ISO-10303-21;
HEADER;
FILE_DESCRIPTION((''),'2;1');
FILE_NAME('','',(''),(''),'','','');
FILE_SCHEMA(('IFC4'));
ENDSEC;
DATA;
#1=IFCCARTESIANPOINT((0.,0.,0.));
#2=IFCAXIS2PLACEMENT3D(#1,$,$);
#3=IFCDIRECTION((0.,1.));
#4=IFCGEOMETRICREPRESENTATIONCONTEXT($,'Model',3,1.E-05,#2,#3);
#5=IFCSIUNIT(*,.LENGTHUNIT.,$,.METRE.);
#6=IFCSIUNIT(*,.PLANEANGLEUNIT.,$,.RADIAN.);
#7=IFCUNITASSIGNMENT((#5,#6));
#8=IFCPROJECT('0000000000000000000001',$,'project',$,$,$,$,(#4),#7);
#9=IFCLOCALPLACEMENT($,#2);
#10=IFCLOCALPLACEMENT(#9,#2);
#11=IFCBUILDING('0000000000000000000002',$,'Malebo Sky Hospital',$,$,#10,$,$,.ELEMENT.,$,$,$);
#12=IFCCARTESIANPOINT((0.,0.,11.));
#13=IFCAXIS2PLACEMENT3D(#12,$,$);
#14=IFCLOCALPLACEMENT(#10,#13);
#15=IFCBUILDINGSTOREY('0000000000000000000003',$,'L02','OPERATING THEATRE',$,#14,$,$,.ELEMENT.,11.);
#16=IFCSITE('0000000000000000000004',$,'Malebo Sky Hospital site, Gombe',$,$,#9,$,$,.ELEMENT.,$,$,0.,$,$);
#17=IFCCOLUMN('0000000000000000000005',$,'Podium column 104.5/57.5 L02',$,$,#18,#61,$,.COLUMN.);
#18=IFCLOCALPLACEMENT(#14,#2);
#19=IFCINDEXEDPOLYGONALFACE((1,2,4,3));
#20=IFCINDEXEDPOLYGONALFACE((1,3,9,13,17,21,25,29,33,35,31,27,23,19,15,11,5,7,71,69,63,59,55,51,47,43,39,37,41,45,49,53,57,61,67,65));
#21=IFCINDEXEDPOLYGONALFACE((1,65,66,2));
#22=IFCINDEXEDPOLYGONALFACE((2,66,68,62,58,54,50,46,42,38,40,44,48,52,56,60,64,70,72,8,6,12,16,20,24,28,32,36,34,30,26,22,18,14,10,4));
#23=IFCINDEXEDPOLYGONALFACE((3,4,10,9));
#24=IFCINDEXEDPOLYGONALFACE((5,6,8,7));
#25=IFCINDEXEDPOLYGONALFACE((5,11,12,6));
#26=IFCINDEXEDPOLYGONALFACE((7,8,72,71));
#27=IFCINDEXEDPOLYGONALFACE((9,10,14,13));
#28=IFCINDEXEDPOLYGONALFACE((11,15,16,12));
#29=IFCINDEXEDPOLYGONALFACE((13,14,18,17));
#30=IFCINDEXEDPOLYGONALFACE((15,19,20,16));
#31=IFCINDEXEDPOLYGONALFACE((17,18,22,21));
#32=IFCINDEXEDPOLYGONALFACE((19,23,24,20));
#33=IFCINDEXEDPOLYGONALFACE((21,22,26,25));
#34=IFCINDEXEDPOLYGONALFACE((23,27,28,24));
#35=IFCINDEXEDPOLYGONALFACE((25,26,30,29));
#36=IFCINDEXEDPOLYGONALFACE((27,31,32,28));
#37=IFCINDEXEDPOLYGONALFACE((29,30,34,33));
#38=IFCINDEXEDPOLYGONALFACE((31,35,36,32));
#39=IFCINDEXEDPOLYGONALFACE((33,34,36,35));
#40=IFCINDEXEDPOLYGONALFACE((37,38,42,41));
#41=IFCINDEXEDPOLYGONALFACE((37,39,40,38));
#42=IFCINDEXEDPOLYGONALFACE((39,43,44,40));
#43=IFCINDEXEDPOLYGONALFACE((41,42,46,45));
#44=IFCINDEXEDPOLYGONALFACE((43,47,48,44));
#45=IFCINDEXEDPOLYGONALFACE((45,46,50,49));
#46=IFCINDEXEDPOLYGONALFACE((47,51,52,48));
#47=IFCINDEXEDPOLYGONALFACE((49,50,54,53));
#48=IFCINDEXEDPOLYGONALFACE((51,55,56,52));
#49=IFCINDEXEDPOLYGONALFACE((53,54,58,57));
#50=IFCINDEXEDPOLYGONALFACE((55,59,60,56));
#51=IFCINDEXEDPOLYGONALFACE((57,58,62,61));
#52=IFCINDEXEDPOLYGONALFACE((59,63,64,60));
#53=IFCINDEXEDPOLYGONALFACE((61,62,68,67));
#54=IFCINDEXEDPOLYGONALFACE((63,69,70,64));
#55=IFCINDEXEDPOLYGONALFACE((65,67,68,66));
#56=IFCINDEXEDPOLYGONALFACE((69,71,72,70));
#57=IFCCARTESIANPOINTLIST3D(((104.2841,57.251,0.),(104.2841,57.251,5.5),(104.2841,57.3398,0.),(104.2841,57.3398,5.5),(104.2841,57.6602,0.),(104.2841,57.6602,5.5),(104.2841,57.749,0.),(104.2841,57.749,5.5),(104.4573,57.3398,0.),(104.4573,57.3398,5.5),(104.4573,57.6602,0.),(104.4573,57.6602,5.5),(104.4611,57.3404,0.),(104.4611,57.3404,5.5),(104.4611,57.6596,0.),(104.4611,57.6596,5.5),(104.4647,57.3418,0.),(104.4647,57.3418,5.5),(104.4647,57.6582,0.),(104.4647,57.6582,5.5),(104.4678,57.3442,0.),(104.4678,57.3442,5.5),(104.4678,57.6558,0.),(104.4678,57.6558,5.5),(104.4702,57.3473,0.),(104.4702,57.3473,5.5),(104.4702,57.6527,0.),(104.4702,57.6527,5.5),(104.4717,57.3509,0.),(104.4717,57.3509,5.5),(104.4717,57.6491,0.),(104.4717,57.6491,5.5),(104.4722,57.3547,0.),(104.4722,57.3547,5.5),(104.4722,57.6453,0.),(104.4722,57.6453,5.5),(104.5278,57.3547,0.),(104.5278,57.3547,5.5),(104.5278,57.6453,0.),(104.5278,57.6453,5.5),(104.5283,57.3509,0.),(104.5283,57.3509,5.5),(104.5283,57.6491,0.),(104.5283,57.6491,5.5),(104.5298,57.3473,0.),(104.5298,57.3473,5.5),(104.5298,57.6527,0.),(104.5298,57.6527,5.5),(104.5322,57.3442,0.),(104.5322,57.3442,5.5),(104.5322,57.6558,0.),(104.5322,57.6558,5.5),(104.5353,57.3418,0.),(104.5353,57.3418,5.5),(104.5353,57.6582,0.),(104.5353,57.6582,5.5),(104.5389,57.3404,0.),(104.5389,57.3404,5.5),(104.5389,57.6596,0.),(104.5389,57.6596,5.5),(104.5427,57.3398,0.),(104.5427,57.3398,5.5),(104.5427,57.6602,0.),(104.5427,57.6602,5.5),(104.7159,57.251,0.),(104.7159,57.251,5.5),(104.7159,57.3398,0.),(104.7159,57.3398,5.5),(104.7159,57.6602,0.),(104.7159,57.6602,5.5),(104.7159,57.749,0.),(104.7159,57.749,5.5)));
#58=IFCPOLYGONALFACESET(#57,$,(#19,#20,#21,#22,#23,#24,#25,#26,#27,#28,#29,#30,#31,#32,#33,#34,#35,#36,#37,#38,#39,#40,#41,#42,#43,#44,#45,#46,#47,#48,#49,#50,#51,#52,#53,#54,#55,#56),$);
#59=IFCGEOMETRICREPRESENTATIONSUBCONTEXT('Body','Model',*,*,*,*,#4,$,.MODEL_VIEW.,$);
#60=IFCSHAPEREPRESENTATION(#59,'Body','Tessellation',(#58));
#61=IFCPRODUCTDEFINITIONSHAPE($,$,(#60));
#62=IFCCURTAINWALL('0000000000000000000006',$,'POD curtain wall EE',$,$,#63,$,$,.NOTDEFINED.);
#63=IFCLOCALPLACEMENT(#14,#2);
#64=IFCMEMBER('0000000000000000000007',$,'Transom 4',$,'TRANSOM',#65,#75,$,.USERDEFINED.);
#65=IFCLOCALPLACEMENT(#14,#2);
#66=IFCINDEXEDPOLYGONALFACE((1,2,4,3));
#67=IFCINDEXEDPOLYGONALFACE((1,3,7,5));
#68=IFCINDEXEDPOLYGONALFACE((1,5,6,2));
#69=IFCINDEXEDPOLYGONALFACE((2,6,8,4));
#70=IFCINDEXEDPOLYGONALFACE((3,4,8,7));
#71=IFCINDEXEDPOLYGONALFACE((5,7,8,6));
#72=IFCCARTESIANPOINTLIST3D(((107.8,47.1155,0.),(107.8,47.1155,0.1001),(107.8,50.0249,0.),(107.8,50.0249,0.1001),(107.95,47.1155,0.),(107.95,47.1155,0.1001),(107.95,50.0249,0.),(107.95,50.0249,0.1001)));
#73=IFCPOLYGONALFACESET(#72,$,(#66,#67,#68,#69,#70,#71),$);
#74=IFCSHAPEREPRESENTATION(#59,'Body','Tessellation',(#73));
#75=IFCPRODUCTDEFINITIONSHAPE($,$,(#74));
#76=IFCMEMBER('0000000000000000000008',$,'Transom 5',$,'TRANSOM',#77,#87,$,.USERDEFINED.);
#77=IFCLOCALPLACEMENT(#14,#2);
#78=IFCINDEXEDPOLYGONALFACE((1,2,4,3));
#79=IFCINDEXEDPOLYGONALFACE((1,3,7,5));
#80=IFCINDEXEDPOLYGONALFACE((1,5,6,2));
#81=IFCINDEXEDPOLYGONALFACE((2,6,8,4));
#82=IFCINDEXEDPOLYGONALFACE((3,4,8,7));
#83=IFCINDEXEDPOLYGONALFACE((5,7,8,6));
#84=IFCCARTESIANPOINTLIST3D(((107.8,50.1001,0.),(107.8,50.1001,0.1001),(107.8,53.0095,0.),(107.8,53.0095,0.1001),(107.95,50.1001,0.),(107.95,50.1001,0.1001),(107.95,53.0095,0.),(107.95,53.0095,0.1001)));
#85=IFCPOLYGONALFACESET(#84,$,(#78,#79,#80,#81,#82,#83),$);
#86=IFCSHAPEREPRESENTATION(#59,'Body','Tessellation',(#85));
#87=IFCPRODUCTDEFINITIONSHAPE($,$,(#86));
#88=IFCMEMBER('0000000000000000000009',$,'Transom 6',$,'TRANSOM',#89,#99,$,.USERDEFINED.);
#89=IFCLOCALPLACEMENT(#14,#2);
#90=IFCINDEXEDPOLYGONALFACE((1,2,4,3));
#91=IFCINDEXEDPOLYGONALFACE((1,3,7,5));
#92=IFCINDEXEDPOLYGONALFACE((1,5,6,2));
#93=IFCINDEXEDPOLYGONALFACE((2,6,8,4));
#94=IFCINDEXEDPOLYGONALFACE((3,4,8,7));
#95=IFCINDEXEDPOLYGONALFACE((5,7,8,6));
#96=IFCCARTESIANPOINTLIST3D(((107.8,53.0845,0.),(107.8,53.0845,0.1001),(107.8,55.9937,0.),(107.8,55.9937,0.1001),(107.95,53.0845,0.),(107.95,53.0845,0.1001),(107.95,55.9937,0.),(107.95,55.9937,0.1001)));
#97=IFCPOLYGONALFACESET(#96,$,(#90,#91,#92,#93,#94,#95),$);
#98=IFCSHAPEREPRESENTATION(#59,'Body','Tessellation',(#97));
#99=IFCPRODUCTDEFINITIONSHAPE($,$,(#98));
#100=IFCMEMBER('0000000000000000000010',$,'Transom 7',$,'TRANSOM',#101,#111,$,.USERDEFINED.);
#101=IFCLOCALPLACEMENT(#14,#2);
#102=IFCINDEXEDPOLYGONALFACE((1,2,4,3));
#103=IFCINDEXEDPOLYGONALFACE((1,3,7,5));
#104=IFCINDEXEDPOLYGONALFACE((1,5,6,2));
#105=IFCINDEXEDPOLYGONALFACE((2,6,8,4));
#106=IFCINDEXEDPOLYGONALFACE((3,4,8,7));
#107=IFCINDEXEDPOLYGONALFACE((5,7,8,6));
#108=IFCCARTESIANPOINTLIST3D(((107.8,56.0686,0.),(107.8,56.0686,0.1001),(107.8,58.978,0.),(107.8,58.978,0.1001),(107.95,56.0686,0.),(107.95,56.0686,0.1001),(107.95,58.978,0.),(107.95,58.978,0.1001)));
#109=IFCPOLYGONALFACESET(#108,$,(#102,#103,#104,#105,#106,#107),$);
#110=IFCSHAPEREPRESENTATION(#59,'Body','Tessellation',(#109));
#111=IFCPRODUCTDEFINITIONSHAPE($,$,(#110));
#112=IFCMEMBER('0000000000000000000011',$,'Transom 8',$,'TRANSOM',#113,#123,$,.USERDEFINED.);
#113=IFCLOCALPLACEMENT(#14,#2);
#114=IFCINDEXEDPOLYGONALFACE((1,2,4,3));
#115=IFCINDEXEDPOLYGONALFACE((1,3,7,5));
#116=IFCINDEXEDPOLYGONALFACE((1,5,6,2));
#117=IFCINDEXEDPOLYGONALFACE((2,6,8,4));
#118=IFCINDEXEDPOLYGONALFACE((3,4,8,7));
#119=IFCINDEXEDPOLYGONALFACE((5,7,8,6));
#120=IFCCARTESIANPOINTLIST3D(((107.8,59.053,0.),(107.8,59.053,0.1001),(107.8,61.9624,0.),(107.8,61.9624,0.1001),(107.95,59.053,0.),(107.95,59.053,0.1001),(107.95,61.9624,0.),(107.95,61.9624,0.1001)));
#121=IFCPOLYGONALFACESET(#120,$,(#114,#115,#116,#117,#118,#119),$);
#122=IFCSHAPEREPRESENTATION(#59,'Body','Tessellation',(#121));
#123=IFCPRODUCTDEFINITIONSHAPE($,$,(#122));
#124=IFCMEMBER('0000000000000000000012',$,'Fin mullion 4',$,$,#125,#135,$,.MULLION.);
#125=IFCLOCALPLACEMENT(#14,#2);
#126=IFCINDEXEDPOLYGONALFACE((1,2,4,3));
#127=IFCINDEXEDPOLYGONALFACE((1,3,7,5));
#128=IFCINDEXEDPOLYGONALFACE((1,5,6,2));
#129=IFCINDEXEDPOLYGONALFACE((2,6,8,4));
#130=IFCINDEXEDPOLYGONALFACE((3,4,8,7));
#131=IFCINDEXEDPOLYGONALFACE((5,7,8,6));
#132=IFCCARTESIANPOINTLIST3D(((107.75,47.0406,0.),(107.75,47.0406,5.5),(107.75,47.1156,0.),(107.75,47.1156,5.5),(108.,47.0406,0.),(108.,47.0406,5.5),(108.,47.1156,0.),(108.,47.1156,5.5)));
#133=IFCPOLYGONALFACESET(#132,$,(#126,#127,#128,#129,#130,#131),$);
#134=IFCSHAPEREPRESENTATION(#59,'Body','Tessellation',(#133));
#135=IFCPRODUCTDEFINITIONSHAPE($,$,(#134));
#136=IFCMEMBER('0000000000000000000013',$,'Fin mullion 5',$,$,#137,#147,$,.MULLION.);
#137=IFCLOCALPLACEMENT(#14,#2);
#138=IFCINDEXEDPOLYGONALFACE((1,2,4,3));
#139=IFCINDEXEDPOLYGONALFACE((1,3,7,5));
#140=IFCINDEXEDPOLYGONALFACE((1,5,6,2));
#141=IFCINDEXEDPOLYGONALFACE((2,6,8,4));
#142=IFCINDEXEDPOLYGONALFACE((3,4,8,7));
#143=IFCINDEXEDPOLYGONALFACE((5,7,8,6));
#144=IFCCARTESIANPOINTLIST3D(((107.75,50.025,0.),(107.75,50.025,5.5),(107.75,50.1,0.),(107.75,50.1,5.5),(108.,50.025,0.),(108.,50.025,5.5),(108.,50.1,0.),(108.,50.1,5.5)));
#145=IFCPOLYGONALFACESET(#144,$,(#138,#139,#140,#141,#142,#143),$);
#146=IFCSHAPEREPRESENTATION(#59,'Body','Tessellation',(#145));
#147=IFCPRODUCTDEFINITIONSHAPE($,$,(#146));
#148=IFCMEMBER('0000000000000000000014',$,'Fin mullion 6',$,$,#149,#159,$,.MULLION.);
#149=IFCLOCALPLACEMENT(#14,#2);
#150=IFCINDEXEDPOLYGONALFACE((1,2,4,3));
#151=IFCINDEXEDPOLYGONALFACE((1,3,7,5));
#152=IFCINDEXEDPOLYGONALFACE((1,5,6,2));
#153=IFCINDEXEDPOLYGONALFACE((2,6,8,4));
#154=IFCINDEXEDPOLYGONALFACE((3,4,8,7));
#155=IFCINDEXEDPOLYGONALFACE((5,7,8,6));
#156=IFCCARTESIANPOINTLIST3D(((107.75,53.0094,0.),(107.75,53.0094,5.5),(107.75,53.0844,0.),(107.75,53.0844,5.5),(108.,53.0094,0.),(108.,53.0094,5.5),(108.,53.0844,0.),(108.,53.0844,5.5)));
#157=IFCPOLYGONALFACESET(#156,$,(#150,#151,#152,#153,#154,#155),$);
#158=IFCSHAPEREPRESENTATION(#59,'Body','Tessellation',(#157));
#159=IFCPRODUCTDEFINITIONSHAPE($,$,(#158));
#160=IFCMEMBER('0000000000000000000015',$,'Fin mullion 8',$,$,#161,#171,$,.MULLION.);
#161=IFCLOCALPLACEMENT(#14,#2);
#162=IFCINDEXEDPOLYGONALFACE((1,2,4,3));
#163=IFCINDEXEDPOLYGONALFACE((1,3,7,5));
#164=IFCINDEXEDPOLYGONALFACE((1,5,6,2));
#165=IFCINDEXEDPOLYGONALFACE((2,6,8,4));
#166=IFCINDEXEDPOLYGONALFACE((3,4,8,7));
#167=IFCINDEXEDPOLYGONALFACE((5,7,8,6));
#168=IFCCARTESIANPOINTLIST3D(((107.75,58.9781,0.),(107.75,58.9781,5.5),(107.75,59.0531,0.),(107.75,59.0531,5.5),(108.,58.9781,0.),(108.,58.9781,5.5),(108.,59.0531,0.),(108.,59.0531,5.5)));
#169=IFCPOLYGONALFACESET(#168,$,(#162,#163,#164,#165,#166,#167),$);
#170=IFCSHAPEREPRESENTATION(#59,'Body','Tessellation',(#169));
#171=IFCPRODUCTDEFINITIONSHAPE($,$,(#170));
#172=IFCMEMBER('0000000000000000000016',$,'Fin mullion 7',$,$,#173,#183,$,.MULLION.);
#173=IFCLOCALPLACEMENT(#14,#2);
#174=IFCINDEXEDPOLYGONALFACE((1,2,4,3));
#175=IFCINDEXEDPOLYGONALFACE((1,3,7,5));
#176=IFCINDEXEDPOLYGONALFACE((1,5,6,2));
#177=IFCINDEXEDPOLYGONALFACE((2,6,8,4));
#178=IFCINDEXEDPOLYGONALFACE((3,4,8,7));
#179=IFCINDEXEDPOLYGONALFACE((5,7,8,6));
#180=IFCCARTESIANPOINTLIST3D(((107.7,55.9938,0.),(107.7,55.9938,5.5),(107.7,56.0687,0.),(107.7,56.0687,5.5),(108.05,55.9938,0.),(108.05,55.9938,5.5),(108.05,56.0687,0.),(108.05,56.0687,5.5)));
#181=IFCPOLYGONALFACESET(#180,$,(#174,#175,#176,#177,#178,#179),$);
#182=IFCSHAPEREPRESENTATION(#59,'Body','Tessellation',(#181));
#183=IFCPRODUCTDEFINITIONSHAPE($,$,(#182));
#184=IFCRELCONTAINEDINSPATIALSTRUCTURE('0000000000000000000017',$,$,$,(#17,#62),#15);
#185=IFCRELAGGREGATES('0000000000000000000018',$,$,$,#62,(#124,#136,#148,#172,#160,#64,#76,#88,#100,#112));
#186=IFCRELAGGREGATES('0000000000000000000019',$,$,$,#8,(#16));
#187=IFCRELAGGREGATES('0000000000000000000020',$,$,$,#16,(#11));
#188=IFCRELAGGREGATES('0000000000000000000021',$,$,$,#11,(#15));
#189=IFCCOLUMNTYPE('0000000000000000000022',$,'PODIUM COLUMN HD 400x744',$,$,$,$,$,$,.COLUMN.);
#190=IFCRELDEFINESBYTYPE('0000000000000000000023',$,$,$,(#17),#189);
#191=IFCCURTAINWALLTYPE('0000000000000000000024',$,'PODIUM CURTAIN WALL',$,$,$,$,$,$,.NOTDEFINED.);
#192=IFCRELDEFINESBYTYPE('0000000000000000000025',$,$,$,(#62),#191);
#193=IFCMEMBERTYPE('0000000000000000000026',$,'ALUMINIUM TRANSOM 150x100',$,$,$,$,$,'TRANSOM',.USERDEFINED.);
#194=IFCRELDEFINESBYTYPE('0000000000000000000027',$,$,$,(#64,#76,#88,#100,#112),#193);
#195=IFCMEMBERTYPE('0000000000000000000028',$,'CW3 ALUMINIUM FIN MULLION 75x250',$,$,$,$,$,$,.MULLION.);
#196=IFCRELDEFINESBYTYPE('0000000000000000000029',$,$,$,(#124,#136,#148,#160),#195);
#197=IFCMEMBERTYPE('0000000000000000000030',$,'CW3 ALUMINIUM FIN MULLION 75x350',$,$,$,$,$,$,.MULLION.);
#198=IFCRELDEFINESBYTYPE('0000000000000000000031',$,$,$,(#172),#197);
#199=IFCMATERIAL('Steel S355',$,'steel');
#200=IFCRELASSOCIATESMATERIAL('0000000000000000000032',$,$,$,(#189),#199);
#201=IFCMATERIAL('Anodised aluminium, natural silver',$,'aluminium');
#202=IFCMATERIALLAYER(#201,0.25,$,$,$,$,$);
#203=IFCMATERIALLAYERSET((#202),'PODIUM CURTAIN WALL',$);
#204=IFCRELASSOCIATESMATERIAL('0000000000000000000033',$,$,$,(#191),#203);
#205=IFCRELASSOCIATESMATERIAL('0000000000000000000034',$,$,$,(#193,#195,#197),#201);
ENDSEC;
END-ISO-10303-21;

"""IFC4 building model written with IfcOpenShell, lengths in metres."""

from ifc_helpers import new_model, si_unit, direction, frame, origin, origin_2d, place, context, subcontext, project, spatial, rectangle, i_section, extrude, material, layer, layer_set, material_profile, profile_set, type_object, element, aggregate, save


model = new_model("IFC4")

# Units and contexts
model_context = context("Model", 3, precision=1e-05, world=origin(), true_north=direction((0.0, 1.0)))
body_context = subcontext(model_context, "Body", "Model", "MODEL_VIEW")
ifc_project = project(units=[si_unit("LENGTHUNIT", "METRE"), si_unit("PLANEANGLEUNIT", "RADIAN")], contexts=[model_context])

# Site, building, storey
site_placement = place(None, origin())
site = spatial("IfcSite", under=ifc_project, at=site_placement, Name="Malebo Sky Hospital site, Gombe", CompositionType="ELEMENT", RefElevation=0.0)
building_placement = place(site_placement, origin())
building = spatial("IfcBuilding", under=site, at=building_placement, Name="Malebo Sky Hospital", CompositionType="ELEMENT")
storey_placement = place(building_placement, frame((0.0, 0.0, 11.0)))
storey = spatial("IfcBuildingStorey", under=building, at=storey_placement, Name="L02", Description="OPERATING THEATRE", CompositionType="ELEMENT", Elevation=11.0)

# Column
ifc_material_1 = material(Name="Steel S355", Category="steel")
ifc_material_profile_1 = material_profile(ifc_material_1, i_section(OverallWidth=0.4319, OverallDepth=0.498, WebThickness=0.0557, FlangeThickness=0.0889, FilletRadius=0.0149, at=origin_2d()), Name="HD 400x744")
ifc_profile_set_1 = profile_set([ifc_material_profile_1], Name="Steel S355")
column_type = type_object("IfcColumnType", Name="PODIUM COLUMN HD 400x744", PredefinedType="COLUMN", material=ifc_profile_set_1)
column_placement = place(storey_placement, frame((104.5, 57.5, 0.0), z_axis=(0.0, 0.0, 1.0), x_axis=(1.0, 0.0, 0.0)))
element("IfcColumn", 1, at=column_placement, inside=storey, type_object=column_type, Name="Podium column 104.5/57.5 L02", PredefinedType="COLUMN", context=body_context, shape_type="SweptSolid", body=[
    extrude(i_section(OverallWidth=0.4319, OverallDepth=0.498, WebThickness=0.0557, FlangeThickness=0.0889, FilletRadius=0.0149, at=origin_2d()), origin(), (0.0, 0.0, 1.0), 5.5),
])

# Curtain wall, members
ifc_material_2 = material(Name="Anodised aluminium, natural silver", Category="aluminium")
ifc_layer_1 = layer(ifc_material_2, 0.25)
ifc_layer_set_1 = layer_set([ifc_layer_1], Name="PODIUM CURTAIN WALL")
curtain_wall_type = type_object("IfcCurtainWallType", Name="PODIUM CURTAIN WALL", PredefinedType="NOTDEFINED", material=ifc_layer_set_1)
curtain_wall_placement = place(storey_placement, origin())
curtain_wall = element("IfcCurtainWall", 2, at=curtain_wall_placement, inside=storey, type_object=curtain_wall_type, Name="POD curtain wall EE", PredefinedType="NOTDEFINED")
ifc_material_profile_2 = material_profile(ifc_material_2, rectangle(XDim=0.1499, YDim=0.1001, at=origin_2d()), Name="ALUMINIUM TRANSOM 150x100")
ifc_profile_set_2 = profile_set([ifc_material_profile_2], Name="Anodised aluminium, natural silver")
member_type_1 = type_object("IfcMemberType", Name="ALUMINIUM TRANSOM 150x100", ElementType="TRANSOM", PredefinedType="USERDEFINED", material=ifc_profile_set_2)
member_1_placement = place(storey_placement, frame((107.875, 47.1155, 0.05), z_axis=(0.0, 1.0, 0.0), x_axis=(-1.0, 0.0, 0.0)))
member_1 = element("IfcMember", 3, at=member_1_placement, type_object=member_type_1, Name="Transom 4", ObjectType="TRANSOM", PredefinedType="USERDEFINED", context=body_context, shape_type="SweptSolid", body=[
    extrude(rectangle(XDim=0.1499, YDim=0.1001, at=origin_2d()), origin(), (0.0, 0.0, 1.0), 2.9094),
])
member_2_placement = place(storey_placement, frame((107.875, 50.1001, 0.05), z_axis=(0.0, 1.0, 0.0), x_axis=(-1.0, 0.0, 0.0)))
member_2 = element("IfcMember", 4, at=member_2_placement, type_object=member_type_1, Name="Transom 5", ObjectType="TRANSOM", PredefinedType="USERDEFINED", context=body_context, shape_type="SweptSolid", body=[
    extrude(rectangle(XDim=0.1499, YDim=0.1001, at=origin_2d()), origin(), (0.0, 0.0, 1.0), 2.9094),
])
member_3_placement = place(storey_placement, frame((107.875, 53.0845, 0.05), z_axis=(0.0, 1.0, 0.0), x_axis=(-1.0, 0.0, 0.0)))
member_3 = element("IfcMember", 5, at=member_3_placement, type_object=member_type_1, Name="Transom 6", ObjectType="TRANSOM", PredefinedType="USERDEFINED", context=body_context, shape_type="SweptSolid", body=[
    extrude(rectangle(XDim=0.1499, YDim=0.1001, at=origin_2d()), origin(), (0.0, 0.0, 1.0), 2.9092),
])
member_4_placement = place(storey_placement, frame((107.875, 56.0686, 0.05), z_axis=(0.0, 1.0, 0.0), x_axis=(-1.0, 0.0, 0.0)))
member_4 = element("IfcMember", 6, at=member_4_placement, type_object=member_type_1, Name="Transom 7", ObjectType="TRANSOM", PredefinedType="USERDEFINED", context=body_context, shape_type="SweptSolid", body=[
    extrude(rectangle(XDim=0.1499, YDim=0.1001, at=origin_2d()), origin(), (0.0, 0.0, 1.0), 2.9094),
])
member_5_placement = place(storey_placement, frame((107.875, 59.053, 0.05), z_axis=(0.0, 1.0, 0.0), x_axis=(-1.0, 0.0, 0.0)))
member_5 = element("IfcMember", 7, at=member_5_placement, type_object=member_type_1, Name="Transom 8", ObjectType="TRANSOM", PredefinedType="USERDEFINED", context=body_context, shape_type="SweptSolid", body=[
    extrude(rectangle(XDim=0.1499, YDim=0.1001, at=origin_2d()), origin(), (0.0, 0.0, 1.0), 2.9094),
])
ifc_material_profile_3 = material_profile(ifc_material_2, rectangle(XDim=0.075, YDim=0.25, at=origin_2d()), Name="CW3 ALUMINIUM FIN MULLION 75x250")
ifc_profile_set_3 = profile_set([ifc_material_profile_3], Name="Anodised aluminium, natural silver")
member_type_2 = type_object("IfcMemberType", Name="CW3 ALUMINIUM FIN MULLION 75x250", PredefinedType="MULLION", material=ifc_profile_set_3)
member_6_placement = place(storey_placement, frame((107.875, 47.0781, 0.0), z_axis=(0.0, 0.0, 1.0), x_axis=(0.0, 1.0, 0.0)))
member_6 = element("IfcMember", 8, at=member_6_placement, type_object=member_type_2, Name="Fin mullion 4", PredefinedType="MULLION", context=body_context, shape_type="SweptSolid", body=[
    extrude(rectangle(XDim=0.075, YDim=0.25, at=origin_2d()), origin(), (0.0, 0.0, 1.0), 5.5),
])
member_7_placement = place(storey_placement, frame((107.875, 50.0625, 0.0), z_axis=(0.0, 0.0, 1.0), x_axis=(0.0, 1.0, 0.0)))
member_7 = element("IfcMember", 9, at=member_7_placement, type_object=member_type_2, Name="Fin mullion 5", PredefinedType="MULLION", context=body_context, shape_type="SweptSolid", body=[
    extrude(rectangle(XDim=0.075, YDim=0.25, at=origin_2d()), origin(), (0.0, 0.0, 1.0), 5.5),
])
member_8_placement = place(storey_placement, frame((107.875, 53.0469, 0.0), z_axis=(0.0, 0.0, 1.0), x_axis=(0.0, 1.0, 0.0)))
member_8 = element("IfcMember", 10, at=member_8_placement, type_object=member_type_2, Name="Fin mullion 6", PredefinedType="MULLION", context=body_context, shape_type="SweptSolid", body=[
    extrude(rectangle(XDim=0.075, YDim=0.25, at=origin_2d()), origin(), (0.0, 0.0, 1.0), 5.5),
])
member_9_placement = place(storey_placement, frame((107.875, 59.0156, 0.0), z_axis=(0.0, 0.0, 1.0), x_axis=(0.0, 1.0, 0.0)))
member_9 = element("IfcMember", 11, at=member_9_placement, type_object=member_type_2, Name="Fin mullion 8", PredefinedType="MULLION", context=body_context, shape_type="SweptSolid", body=[
    extrude(rectangle(XDim=0.075, YDim=0.25, at=origin_2d()), origin(), (0.0, 0.0, 1.0), 5.5),
])
ifc_material_profile_4 = material_profile(ifc_material_2, rectangle(XDim=0.075, YDim=0.3501, at=origin_2d()), Name="CW3 ALUMINIUM FIN MULLION 75x350")
ifc_profile_set_4 = profile_set([ifc_material_profile_4], Name="Anodised aluminium, natural silver")
member_type_3 = type_object("IfcMemberType", Name="CW3 ALUMINIUM FIN MULLION 75x350", PredefinedType="MULLION", material=ifc_profile_set_4)
member_10_placement = place(storey_placement, frame((107.875, 56.0312, 0.0), z_axis=(0.0, 0.0, 1.0), x_axis=(0.0, 1.0, 0.0)))
member_10 = element("IfcMember", 12, at=member_10_placement, type_object=member_type_3, Name="Fin mullion 7", PredefinedType="MULLION", context=body_context, shape_type="SweptSolid", body=[
    extrude(rectangle(XDim=0.075, YDim=0.3501, at=origin_2d()), origin(), (0.0, 0.0, 1.0), 5.5),
])

aggregate(curtain_wall, [member_6, member_7, member_8, member_10, member_9, member_1, member_2, member_3, member_4, member_5])

save(model, "model.ifc")
